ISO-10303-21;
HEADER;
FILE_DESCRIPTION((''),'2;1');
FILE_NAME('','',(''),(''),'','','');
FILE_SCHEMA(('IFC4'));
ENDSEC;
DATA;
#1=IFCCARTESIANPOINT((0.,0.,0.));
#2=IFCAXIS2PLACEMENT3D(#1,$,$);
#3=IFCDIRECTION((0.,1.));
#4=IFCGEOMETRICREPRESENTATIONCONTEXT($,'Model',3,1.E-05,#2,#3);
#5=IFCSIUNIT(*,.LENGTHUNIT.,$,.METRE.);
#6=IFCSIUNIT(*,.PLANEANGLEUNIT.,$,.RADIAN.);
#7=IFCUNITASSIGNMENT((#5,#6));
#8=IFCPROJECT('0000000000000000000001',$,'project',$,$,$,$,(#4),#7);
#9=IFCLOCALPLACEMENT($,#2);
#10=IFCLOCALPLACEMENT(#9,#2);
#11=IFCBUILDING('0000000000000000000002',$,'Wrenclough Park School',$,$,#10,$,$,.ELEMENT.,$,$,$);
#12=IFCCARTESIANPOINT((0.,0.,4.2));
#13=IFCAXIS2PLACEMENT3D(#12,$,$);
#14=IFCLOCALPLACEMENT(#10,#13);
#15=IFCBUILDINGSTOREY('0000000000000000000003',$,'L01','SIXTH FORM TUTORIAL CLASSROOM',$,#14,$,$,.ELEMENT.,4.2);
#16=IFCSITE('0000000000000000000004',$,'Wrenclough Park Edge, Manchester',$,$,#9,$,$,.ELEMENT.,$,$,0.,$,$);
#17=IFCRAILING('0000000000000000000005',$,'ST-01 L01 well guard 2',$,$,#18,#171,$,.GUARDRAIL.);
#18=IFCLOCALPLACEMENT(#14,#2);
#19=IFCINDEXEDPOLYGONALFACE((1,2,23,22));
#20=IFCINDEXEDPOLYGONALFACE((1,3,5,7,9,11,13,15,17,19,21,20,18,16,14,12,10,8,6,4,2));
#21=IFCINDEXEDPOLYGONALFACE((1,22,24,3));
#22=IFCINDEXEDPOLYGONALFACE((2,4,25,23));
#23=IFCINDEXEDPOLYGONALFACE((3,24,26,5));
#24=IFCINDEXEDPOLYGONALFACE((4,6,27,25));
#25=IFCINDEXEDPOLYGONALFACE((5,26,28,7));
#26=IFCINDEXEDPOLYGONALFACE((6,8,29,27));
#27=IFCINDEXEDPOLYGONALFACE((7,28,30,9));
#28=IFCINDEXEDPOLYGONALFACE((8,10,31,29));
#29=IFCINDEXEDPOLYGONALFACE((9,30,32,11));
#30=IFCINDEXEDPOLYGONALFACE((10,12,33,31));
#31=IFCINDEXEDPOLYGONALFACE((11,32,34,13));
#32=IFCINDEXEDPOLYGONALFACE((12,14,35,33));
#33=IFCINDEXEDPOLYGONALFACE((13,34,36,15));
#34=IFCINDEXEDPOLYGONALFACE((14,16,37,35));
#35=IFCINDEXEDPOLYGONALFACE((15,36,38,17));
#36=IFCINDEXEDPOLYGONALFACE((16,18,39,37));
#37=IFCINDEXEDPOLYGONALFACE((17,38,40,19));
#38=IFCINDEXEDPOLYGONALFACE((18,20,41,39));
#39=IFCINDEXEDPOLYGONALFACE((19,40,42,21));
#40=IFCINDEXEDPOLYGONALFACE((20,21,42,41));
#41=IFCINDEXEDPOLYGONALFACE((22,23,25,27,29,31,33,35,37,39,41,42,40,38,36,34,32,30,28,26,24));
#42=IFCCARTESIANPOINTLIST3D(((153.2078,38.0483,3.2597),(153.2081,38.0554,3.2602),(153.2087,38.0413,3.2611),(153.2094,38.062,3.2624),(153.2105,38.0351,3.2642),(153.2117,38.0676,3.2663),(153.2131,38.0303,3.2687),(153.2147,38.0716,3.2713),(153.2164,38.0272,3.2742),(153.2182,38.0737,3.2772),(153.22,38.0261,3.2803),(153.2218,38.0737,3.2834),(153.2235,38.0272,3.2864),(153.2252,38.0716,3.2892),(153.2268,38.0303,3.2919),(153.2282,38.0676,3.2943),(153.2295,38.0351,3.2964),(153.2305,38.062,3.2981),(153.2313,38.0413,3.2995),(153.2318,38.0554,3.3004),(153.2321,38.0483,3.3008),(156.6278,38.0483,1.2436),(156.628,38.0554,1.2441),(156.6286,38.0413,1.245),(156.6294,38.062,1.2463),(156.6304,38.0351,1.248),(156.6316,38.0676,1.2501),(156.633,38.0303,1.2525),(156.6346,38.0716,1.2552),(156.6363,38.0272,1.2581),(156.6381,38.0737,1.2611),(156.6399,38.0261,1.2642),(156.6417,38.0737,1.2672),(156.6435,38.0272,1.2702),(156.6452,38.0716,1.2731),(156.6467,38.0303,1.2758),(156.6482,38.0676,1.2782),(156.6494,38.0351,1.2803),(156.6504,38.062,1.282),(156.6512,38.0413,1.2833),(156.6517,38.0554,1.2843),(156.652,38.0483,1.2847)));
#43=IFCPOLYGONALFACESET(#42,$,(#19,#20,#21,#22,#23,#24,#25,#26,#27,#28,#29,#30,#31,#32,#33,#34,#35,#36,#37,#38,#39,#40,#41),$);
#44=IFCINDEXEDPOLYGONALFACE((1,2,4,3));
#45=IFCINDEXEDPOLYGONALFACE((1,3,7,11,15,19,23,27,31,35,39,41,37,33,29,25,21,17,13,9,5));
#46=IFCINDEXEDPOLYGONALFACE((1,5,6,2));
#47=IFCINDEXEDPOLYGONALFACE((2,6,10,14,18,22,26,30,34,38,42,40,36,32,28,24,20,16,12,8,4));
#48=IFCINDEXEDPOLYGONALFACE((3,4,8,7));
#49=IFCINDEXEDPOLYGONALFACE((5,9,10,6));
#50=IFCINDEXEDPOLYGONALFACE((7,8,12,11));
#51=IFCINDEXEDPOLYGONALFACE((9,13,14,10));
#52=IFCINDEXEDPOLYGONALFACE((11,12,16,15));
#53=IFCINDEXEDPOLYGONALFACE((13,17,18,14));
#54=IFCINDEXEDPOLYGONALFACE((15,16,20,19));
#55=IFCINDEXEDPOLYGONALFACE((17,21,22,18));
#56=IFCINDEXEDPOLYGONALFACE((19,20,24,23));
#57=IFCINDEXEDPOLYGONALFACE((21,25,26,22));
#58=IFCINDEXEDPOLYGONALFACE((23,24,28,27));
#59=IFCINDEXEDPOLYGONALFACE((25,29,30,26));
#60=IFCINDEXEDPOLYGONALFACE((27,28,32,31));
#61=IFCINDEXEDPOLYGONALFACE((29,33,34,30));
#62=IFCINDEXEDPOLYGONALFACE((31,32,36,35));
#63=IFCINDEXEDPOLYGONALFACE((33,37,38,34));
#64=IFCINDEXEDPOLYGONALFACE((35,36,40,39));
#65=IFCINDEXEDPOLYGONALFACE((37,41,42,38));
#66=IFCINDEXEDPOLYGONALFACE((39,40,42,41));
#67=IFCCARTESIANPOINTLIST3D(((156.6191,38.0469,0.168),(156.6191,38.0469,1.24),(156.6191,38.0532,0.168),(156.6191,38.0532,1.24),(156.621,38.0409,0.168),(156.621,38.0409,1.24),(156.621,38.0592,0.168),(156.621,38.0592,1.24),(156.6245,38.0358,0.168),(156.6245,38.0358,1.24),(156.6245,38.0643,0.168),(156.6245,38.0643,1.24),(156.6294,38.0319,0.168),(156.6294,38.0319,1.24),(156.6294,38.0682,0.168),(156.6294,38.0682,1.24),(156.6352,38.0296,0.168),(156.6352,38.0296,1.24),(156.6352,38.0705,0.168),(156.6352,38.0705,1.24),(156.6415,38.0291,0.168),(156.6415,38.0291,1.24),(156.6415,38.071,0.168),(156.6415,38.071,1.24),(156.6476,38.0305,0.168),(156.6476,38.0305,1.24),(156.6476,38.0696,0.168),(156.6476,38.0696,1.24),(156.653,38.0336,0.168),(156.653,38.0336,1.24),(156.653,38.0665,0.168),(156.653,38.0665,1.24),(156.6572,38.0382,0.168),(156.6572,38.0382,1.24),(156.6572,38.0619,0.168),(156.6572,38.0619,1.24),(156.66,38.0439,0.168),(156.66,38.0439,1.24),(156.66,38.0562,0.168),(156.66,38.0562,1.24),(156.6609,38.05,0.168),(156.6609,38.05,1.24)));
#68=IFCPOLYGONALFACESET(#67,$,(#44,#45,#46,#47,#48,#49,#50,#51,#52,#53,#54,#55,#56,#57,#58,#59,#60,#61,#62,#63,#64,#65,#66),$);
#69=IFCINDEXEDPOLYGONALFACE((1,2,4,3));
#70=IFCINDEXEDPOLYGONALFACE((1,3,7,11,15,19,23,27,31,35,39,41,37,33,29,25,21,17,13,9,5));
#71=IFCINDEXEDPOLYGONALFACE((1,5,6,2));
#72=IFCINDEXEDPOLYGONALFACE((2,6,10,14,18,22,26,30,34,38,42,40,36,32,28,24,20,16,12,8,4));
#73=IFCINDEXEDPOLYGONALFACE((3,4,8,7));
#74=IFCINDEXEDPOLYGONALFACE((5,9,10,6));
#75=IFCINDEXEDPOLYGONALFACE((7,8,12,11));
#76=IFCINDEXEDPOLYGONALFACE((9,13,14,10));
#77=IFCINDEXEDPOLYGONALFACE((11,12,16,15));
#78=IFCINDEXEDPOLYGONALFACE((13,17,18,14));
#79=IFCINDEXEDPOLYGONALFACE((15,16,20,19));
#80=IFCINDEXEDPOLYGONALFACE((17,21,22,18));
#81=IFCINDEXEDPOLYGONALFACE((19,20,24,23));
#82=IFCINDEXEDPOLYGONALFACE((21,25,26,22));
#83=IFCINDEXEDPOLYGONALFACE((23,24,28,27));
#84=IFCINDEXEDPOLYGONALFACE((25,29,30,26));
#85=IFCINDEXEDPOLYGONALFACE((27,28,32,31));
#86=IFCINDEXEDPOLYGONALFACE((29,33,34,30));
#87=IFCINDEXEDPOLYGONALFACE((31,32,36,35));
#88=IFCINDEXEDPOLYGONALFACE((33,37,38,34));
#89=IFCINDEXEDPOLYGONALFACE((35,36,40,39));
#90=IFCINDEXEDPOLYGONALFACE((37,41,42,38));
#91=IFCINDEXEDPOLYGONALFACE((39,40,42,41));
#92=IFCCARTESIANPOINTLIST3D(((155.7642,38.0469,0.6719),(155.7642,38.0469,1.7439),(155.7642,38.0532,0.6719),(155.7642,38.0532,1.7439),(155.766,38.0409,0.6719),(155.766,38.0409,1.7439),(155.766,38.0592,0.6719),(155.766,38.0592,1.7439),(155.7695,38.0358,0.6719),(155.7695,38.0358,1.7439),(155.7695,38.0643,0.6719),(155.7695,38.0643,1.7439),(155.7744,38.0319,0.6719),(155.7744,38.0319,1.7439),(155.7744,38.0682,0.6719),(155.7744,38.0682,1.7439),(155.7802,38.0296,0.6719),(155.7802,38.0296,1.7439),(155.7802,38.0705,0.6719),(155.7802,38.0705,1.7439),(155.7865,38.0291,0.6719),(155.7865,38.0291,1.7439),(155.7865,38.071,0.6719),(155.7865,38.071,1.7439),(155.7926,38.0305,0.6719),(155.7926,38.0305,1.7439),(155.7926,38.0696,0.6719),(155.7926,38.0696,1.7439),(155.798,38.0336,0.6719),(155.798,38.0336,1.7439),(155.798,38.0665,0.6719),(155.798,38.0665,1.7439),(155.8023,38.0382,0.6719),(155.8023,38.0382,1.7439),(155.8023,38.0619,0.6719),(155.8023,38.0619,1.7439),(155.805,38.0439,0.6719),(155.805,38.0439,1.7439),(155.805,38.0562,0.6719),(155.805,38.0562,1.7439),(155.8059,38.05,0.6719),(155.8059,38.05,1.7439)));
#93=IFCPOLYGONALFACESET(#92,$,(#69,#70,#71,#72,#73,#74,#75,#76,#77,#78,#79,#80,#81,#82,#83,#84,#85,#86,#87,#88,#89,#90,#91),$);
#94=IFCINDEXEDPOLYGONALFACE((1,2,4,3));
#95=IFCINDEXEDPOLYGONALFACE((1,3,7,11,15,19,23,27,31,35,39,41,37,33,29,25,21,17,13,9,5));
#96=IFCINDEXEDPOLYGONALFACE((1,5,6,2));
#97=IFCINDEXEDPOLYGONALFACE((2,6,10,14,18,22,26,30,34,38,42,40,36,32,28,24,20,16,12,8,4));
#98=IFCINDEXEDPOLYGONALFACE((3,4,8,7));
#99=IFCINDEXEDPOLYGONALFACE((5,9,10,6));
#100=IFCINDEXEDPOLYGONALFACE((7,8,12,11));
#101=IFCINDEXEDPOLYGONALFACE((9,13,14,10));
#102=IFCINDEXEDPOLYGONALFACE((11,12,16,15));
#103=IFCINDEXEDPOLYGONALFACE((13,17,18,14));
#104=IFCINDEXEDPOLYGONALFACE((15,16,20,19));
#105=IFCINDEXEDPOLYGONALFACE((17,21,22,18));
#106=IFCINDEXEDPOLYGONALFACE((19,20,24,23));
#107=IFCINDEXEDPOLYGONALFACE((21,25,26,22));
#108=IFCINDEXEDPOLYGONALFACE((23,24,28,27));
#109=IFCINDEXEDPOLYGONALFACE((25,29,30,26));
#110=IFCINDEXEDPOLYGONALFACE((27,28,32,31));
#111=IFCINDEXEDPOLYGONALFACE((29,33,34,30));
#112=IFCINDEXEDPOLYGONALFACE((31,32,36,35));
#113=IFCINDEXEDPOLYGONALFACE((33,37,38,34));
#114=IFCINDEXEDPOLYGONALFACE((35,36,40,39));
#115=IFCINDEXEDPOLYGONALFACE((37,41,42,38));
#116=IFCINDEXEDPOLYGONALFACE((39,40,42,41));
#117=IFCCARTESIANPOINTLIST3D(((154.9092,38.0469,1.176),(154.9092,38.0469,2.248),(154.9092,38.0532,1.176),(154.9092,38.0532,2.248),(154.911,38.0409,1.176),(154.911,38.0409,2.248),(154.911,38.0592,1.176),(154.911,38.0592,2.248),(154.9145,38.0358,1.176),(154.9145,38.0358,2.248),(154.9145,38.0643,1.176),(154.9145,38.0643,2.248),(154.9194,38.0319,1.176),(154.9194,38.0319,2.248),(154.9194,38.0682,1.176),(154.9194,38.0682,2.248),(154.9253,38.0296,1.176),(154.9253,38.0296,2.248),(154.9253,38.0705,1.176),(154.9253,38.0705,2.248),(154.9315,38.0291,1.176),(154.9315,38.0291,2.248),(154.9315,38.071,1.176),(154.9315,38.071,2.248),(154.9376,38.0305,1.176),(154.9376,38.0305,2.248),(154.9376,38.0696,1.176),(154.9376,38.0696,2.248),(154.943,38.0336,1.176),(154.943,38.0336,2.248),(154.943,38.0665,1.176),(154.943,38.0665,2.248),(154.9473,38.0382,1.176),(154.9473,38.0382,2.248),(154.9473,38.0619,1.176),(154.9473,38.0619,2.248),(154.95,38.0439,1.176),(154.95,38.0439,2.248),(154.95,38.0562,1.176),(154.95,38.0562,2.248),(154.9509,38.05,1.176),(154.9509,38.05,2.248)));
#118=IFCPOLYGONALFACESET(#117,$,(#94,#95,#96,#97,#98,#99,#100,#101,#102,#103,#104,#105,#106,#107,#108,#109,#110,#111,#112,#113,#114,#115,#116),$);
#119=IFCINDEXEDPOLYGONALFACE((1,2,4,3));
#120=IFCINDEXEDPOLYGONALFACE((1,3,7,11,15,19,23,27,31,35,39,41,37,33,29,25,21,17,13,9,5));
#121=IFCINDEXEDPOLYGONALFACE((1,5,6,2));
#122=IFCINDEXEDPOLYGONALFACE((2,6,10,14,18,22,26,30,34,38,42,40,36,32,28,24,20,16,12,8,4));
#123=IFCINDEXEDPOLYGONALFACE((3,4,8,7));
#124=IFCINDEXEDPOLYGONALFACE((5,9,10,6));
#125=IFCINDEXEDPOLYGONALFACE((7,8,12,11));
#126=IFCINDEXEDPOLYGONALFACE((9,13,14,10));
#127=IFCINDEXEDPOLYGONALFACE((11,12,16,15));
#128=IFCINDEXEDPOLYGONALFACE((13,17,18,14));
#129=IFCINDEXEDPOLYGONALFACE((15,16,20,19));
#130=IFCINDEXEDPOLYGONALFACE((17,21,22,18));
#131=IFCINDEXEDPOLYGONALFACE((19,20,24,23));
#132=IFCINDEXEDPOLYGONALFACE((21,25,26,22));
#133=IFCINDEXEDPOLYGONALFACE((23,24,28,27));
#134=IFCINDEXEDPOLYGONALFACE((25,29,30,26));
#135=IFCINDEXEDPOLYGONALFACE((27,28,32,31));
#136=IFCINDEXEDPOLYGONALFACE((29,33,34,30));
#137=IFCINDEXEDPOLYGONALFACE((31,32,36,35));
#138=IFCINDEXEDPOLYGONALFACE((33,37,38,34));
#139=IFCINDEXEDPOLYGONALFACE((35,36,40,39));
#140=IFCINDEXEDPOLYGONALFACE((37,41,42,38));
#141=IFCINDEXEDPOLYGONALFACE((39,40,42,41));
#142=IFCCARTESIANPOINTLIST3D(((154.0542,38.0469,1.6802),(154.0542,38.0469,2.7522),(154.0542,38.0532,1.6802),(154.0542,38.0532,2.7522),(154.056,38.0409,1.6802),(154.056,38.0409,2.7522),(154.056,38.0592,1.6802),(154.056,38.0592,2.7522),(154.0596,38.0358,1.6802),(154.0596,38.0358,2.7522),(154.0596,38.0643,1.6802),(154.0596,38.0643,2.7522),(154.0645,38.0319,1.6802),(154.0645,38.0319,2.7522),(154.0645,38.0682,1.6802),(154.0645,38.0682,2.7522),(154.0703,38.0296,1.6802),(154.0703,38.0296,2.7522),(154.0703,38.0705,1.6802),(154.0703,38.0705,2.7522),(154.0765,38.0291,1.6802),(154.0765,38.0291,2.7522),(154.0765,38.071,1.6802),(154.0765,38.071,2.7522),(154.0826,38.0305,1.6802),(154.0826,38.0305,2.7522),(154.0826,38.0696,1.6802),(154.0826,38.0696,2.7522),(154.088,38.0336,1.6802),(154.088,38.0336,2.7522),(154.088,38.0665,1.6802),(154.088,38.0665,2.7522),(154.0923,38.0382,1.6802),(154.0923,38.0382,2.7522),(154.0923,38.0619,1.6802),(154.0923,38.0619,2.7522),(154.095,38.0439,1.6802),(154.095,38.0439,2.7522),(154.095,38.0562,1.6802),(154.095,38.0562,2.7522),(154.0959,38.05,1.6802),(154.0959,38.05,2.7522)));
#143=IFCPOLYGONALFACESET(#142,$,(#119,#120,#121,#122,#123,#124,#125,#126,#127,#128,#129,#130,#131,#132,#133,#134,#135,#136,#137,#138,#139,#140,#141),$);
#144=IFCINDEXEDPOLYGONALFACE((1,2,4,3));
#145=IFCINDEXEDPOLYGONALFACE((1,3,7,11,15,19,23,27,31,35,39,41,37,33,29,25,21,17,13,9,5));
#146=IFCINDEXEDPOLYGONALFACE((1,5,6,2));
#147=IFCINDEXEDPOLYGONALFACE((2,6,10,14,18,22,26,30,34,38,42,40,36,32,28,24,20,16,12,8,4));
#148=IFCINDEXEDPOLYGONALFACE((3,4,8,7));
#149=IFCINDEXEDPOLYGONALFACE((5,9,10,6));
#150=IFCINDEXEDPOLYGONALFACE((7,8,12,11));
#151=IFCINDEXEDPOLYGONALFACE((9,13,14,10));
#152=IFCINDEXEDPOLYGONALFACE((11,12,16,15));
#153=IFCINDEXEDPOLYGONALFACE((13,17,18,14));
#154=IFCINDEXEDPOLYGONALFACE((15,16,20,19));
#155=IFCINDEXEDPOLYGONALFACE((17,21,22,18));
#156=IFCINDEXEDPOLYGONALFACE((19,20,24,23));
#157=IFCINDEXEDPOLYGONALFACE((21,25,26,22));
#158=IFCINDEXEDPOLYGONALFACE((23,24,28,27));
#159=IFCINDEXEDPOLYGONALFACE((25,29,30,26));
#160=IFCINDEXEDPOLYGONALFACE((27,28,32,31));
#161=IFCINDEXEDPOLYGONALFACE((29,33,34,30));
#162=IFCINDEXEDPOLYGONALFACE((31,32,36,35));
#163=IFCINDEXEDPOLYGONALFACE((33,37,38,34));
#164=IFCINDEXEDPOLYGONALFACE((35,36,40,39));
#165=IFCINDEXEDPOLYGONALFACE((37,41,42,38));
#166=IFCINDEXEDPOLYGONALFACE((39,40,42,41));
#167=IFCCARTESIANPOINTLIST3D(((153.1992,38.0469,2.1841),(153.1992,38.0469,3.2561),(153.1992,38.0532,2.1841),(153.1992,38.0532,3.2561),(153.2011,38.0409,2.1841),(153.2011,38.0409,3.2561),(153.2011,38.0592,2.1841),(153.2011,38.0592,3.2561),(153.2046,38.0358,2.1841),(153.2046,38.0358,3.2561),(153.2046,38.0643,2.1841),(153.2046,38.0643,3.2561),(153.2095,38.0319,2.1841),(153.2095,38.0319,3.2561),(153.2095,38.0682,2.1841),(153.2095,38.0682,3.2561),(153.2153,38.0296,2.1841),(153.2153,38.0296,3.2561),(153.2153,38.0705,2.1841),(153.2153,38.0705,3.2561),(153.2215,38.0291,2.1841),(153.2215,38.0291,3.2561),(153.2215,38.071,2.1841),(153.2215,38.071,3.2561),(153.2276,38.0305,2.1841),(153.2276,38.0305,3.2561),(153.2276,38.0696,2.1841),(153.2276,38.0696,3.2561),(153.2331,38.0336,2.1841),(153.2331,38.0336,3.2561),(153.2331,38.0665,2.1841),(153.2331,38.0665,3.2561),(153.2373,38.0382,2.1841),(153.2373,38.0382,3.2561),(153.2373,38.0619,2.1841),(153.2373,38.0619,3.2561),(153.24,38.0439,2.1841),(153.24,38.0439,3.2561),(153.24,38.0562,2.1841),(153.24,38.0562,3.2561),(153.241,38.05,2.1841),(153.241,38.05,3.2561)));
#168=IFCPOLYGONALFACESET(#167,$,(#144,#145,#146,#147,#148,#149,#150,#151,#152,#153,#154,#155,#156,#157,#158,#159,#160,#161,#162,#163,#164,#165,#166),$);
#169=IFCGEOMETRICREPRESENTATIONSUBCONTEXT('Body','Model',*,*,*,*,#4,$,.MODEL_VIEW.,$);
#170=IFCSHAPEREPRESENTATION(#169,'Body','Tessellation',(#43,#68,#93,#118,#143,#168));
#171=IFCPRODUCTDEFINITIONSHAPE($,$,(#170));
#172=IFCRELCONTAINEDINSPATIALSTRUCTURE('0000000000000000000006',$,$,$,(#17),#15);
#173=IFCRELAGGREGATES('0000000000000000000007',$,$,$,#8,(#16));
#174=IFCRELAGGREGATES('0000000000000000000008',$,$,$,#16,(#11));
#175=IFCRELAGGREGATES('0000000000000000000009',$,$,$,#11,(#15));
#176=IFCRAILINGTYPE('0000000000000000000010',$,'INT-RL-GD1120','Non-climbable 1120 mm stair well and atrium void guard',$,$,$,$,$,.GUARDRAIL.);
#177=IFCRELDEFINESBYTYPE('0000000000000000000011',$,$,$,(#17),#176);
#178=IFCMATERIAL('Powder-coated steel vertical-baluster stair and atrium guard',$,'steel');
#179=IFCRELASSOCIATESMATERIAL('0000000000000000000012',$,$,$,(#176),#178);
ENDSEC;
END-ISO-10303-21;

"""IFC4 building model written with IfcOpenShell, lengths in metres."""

from ifc_helpers import new_model, si_unit, direction, frame, origin, origin_2d, place, context, subcontext, project, spatial, circle, extrude, material, type_object, element, save


model = new_model("IFC4")

# Units and contexts
model_context = context("Model", 3, precision=1e-05, world=origin(), true_north=direction((0.0, 1.0)))
body_context = subcontext(model_context, "Body", "Model", "MODEL_VIEW")
ifc_project = project(units=[si_unit("LENGTHUNIT", "METRE"), si_unit("PLANEANGLEUNIT", "RADIAN")], contexts=[model_context])

# Site, building, storey
site_placement = place(None, origin())
site = spatial("IfcSite", under=ifc_project, at=site_placement, Name="Wrenclough Park Edge, Manchester", CompositionType="ELEMENT", RefElevation=0.0)
building_placement = place(site_placement, origin())
building = spatial("IfcBuilding", under=site, at=building_placement, Name="Wrenclough Park School", CompositionType="ELEMENT")
storey_placement = place(building_placement, frame((0.0, 0.0, 4.2)))
storey = spatial("IfcBuildingStorey", under=building, at=storey_placement, Name="L01", Description="SIXTH FORM TUTORIAL CLASSROOM", CompositionType="ELEMENT", Elevation=4.2)

# Railing
ifc_material_1 = material(Name="Powder-coated steel vertical-baluster stair and atrium guard", Category="steel")
railing_type_1 = type_object("IfcRailingType", Name="INT-RL-GD1120", Description="Non-climbable 1120 mm stair well and atrium void guard", PredefinedType="GUARDRAIL", material=ifc_material_1)
railing_1_placement = place(storey_placement, frame((156.6399, 38.05, 0.168)))
element("IfcRailing", 1, at=railing_1_placement, inside=storey, type_object=railing_type_1, Name="ST-01 L01 well guard 2", PredefinedType="GUARDRAIL", context=body_context, shape_type="SweptSolid", body=[
    extrude(circle(Radius=0.0239, at=origin_2d()), frame((0.0, 0.0, 1.0962), z_axis=(-0.86145, 0.0, 0.507842), x_axis=(0.0, -1.0, 0.0)), (0.0, 0.0, 1.0), 3.97),
    extrude(circle(Radius=0.021, at=origin_2d()), origin(), (0.0, 0.0, 1.0), 1.072),
    extrude(circle(Radius=0.021, at=origin_2d()), frame((-0.855, 0.0, 0.5039)), (0.0, 0.0, 1.0), 1.072),
    extrude(circle(Radius=0.021, at=origin_2d()), frame((-1.71, 0.0, 1.0081)), (0.0, 0.0, 1.0), 1.072),
    extrude(circle(Radius=0.021, at=origin_2d()), frame((-2.5649, 0.0, 1.5122)), (0.0, 0.0, 1.0), 1.072),
    extrude(circle(Radius=0.021, at=origin_2d()), frame((-3.4199, 0.0, 2.0161)), (0.0, 0.0, 1.0), 1.072),
])

save(model, "model.ifc")
